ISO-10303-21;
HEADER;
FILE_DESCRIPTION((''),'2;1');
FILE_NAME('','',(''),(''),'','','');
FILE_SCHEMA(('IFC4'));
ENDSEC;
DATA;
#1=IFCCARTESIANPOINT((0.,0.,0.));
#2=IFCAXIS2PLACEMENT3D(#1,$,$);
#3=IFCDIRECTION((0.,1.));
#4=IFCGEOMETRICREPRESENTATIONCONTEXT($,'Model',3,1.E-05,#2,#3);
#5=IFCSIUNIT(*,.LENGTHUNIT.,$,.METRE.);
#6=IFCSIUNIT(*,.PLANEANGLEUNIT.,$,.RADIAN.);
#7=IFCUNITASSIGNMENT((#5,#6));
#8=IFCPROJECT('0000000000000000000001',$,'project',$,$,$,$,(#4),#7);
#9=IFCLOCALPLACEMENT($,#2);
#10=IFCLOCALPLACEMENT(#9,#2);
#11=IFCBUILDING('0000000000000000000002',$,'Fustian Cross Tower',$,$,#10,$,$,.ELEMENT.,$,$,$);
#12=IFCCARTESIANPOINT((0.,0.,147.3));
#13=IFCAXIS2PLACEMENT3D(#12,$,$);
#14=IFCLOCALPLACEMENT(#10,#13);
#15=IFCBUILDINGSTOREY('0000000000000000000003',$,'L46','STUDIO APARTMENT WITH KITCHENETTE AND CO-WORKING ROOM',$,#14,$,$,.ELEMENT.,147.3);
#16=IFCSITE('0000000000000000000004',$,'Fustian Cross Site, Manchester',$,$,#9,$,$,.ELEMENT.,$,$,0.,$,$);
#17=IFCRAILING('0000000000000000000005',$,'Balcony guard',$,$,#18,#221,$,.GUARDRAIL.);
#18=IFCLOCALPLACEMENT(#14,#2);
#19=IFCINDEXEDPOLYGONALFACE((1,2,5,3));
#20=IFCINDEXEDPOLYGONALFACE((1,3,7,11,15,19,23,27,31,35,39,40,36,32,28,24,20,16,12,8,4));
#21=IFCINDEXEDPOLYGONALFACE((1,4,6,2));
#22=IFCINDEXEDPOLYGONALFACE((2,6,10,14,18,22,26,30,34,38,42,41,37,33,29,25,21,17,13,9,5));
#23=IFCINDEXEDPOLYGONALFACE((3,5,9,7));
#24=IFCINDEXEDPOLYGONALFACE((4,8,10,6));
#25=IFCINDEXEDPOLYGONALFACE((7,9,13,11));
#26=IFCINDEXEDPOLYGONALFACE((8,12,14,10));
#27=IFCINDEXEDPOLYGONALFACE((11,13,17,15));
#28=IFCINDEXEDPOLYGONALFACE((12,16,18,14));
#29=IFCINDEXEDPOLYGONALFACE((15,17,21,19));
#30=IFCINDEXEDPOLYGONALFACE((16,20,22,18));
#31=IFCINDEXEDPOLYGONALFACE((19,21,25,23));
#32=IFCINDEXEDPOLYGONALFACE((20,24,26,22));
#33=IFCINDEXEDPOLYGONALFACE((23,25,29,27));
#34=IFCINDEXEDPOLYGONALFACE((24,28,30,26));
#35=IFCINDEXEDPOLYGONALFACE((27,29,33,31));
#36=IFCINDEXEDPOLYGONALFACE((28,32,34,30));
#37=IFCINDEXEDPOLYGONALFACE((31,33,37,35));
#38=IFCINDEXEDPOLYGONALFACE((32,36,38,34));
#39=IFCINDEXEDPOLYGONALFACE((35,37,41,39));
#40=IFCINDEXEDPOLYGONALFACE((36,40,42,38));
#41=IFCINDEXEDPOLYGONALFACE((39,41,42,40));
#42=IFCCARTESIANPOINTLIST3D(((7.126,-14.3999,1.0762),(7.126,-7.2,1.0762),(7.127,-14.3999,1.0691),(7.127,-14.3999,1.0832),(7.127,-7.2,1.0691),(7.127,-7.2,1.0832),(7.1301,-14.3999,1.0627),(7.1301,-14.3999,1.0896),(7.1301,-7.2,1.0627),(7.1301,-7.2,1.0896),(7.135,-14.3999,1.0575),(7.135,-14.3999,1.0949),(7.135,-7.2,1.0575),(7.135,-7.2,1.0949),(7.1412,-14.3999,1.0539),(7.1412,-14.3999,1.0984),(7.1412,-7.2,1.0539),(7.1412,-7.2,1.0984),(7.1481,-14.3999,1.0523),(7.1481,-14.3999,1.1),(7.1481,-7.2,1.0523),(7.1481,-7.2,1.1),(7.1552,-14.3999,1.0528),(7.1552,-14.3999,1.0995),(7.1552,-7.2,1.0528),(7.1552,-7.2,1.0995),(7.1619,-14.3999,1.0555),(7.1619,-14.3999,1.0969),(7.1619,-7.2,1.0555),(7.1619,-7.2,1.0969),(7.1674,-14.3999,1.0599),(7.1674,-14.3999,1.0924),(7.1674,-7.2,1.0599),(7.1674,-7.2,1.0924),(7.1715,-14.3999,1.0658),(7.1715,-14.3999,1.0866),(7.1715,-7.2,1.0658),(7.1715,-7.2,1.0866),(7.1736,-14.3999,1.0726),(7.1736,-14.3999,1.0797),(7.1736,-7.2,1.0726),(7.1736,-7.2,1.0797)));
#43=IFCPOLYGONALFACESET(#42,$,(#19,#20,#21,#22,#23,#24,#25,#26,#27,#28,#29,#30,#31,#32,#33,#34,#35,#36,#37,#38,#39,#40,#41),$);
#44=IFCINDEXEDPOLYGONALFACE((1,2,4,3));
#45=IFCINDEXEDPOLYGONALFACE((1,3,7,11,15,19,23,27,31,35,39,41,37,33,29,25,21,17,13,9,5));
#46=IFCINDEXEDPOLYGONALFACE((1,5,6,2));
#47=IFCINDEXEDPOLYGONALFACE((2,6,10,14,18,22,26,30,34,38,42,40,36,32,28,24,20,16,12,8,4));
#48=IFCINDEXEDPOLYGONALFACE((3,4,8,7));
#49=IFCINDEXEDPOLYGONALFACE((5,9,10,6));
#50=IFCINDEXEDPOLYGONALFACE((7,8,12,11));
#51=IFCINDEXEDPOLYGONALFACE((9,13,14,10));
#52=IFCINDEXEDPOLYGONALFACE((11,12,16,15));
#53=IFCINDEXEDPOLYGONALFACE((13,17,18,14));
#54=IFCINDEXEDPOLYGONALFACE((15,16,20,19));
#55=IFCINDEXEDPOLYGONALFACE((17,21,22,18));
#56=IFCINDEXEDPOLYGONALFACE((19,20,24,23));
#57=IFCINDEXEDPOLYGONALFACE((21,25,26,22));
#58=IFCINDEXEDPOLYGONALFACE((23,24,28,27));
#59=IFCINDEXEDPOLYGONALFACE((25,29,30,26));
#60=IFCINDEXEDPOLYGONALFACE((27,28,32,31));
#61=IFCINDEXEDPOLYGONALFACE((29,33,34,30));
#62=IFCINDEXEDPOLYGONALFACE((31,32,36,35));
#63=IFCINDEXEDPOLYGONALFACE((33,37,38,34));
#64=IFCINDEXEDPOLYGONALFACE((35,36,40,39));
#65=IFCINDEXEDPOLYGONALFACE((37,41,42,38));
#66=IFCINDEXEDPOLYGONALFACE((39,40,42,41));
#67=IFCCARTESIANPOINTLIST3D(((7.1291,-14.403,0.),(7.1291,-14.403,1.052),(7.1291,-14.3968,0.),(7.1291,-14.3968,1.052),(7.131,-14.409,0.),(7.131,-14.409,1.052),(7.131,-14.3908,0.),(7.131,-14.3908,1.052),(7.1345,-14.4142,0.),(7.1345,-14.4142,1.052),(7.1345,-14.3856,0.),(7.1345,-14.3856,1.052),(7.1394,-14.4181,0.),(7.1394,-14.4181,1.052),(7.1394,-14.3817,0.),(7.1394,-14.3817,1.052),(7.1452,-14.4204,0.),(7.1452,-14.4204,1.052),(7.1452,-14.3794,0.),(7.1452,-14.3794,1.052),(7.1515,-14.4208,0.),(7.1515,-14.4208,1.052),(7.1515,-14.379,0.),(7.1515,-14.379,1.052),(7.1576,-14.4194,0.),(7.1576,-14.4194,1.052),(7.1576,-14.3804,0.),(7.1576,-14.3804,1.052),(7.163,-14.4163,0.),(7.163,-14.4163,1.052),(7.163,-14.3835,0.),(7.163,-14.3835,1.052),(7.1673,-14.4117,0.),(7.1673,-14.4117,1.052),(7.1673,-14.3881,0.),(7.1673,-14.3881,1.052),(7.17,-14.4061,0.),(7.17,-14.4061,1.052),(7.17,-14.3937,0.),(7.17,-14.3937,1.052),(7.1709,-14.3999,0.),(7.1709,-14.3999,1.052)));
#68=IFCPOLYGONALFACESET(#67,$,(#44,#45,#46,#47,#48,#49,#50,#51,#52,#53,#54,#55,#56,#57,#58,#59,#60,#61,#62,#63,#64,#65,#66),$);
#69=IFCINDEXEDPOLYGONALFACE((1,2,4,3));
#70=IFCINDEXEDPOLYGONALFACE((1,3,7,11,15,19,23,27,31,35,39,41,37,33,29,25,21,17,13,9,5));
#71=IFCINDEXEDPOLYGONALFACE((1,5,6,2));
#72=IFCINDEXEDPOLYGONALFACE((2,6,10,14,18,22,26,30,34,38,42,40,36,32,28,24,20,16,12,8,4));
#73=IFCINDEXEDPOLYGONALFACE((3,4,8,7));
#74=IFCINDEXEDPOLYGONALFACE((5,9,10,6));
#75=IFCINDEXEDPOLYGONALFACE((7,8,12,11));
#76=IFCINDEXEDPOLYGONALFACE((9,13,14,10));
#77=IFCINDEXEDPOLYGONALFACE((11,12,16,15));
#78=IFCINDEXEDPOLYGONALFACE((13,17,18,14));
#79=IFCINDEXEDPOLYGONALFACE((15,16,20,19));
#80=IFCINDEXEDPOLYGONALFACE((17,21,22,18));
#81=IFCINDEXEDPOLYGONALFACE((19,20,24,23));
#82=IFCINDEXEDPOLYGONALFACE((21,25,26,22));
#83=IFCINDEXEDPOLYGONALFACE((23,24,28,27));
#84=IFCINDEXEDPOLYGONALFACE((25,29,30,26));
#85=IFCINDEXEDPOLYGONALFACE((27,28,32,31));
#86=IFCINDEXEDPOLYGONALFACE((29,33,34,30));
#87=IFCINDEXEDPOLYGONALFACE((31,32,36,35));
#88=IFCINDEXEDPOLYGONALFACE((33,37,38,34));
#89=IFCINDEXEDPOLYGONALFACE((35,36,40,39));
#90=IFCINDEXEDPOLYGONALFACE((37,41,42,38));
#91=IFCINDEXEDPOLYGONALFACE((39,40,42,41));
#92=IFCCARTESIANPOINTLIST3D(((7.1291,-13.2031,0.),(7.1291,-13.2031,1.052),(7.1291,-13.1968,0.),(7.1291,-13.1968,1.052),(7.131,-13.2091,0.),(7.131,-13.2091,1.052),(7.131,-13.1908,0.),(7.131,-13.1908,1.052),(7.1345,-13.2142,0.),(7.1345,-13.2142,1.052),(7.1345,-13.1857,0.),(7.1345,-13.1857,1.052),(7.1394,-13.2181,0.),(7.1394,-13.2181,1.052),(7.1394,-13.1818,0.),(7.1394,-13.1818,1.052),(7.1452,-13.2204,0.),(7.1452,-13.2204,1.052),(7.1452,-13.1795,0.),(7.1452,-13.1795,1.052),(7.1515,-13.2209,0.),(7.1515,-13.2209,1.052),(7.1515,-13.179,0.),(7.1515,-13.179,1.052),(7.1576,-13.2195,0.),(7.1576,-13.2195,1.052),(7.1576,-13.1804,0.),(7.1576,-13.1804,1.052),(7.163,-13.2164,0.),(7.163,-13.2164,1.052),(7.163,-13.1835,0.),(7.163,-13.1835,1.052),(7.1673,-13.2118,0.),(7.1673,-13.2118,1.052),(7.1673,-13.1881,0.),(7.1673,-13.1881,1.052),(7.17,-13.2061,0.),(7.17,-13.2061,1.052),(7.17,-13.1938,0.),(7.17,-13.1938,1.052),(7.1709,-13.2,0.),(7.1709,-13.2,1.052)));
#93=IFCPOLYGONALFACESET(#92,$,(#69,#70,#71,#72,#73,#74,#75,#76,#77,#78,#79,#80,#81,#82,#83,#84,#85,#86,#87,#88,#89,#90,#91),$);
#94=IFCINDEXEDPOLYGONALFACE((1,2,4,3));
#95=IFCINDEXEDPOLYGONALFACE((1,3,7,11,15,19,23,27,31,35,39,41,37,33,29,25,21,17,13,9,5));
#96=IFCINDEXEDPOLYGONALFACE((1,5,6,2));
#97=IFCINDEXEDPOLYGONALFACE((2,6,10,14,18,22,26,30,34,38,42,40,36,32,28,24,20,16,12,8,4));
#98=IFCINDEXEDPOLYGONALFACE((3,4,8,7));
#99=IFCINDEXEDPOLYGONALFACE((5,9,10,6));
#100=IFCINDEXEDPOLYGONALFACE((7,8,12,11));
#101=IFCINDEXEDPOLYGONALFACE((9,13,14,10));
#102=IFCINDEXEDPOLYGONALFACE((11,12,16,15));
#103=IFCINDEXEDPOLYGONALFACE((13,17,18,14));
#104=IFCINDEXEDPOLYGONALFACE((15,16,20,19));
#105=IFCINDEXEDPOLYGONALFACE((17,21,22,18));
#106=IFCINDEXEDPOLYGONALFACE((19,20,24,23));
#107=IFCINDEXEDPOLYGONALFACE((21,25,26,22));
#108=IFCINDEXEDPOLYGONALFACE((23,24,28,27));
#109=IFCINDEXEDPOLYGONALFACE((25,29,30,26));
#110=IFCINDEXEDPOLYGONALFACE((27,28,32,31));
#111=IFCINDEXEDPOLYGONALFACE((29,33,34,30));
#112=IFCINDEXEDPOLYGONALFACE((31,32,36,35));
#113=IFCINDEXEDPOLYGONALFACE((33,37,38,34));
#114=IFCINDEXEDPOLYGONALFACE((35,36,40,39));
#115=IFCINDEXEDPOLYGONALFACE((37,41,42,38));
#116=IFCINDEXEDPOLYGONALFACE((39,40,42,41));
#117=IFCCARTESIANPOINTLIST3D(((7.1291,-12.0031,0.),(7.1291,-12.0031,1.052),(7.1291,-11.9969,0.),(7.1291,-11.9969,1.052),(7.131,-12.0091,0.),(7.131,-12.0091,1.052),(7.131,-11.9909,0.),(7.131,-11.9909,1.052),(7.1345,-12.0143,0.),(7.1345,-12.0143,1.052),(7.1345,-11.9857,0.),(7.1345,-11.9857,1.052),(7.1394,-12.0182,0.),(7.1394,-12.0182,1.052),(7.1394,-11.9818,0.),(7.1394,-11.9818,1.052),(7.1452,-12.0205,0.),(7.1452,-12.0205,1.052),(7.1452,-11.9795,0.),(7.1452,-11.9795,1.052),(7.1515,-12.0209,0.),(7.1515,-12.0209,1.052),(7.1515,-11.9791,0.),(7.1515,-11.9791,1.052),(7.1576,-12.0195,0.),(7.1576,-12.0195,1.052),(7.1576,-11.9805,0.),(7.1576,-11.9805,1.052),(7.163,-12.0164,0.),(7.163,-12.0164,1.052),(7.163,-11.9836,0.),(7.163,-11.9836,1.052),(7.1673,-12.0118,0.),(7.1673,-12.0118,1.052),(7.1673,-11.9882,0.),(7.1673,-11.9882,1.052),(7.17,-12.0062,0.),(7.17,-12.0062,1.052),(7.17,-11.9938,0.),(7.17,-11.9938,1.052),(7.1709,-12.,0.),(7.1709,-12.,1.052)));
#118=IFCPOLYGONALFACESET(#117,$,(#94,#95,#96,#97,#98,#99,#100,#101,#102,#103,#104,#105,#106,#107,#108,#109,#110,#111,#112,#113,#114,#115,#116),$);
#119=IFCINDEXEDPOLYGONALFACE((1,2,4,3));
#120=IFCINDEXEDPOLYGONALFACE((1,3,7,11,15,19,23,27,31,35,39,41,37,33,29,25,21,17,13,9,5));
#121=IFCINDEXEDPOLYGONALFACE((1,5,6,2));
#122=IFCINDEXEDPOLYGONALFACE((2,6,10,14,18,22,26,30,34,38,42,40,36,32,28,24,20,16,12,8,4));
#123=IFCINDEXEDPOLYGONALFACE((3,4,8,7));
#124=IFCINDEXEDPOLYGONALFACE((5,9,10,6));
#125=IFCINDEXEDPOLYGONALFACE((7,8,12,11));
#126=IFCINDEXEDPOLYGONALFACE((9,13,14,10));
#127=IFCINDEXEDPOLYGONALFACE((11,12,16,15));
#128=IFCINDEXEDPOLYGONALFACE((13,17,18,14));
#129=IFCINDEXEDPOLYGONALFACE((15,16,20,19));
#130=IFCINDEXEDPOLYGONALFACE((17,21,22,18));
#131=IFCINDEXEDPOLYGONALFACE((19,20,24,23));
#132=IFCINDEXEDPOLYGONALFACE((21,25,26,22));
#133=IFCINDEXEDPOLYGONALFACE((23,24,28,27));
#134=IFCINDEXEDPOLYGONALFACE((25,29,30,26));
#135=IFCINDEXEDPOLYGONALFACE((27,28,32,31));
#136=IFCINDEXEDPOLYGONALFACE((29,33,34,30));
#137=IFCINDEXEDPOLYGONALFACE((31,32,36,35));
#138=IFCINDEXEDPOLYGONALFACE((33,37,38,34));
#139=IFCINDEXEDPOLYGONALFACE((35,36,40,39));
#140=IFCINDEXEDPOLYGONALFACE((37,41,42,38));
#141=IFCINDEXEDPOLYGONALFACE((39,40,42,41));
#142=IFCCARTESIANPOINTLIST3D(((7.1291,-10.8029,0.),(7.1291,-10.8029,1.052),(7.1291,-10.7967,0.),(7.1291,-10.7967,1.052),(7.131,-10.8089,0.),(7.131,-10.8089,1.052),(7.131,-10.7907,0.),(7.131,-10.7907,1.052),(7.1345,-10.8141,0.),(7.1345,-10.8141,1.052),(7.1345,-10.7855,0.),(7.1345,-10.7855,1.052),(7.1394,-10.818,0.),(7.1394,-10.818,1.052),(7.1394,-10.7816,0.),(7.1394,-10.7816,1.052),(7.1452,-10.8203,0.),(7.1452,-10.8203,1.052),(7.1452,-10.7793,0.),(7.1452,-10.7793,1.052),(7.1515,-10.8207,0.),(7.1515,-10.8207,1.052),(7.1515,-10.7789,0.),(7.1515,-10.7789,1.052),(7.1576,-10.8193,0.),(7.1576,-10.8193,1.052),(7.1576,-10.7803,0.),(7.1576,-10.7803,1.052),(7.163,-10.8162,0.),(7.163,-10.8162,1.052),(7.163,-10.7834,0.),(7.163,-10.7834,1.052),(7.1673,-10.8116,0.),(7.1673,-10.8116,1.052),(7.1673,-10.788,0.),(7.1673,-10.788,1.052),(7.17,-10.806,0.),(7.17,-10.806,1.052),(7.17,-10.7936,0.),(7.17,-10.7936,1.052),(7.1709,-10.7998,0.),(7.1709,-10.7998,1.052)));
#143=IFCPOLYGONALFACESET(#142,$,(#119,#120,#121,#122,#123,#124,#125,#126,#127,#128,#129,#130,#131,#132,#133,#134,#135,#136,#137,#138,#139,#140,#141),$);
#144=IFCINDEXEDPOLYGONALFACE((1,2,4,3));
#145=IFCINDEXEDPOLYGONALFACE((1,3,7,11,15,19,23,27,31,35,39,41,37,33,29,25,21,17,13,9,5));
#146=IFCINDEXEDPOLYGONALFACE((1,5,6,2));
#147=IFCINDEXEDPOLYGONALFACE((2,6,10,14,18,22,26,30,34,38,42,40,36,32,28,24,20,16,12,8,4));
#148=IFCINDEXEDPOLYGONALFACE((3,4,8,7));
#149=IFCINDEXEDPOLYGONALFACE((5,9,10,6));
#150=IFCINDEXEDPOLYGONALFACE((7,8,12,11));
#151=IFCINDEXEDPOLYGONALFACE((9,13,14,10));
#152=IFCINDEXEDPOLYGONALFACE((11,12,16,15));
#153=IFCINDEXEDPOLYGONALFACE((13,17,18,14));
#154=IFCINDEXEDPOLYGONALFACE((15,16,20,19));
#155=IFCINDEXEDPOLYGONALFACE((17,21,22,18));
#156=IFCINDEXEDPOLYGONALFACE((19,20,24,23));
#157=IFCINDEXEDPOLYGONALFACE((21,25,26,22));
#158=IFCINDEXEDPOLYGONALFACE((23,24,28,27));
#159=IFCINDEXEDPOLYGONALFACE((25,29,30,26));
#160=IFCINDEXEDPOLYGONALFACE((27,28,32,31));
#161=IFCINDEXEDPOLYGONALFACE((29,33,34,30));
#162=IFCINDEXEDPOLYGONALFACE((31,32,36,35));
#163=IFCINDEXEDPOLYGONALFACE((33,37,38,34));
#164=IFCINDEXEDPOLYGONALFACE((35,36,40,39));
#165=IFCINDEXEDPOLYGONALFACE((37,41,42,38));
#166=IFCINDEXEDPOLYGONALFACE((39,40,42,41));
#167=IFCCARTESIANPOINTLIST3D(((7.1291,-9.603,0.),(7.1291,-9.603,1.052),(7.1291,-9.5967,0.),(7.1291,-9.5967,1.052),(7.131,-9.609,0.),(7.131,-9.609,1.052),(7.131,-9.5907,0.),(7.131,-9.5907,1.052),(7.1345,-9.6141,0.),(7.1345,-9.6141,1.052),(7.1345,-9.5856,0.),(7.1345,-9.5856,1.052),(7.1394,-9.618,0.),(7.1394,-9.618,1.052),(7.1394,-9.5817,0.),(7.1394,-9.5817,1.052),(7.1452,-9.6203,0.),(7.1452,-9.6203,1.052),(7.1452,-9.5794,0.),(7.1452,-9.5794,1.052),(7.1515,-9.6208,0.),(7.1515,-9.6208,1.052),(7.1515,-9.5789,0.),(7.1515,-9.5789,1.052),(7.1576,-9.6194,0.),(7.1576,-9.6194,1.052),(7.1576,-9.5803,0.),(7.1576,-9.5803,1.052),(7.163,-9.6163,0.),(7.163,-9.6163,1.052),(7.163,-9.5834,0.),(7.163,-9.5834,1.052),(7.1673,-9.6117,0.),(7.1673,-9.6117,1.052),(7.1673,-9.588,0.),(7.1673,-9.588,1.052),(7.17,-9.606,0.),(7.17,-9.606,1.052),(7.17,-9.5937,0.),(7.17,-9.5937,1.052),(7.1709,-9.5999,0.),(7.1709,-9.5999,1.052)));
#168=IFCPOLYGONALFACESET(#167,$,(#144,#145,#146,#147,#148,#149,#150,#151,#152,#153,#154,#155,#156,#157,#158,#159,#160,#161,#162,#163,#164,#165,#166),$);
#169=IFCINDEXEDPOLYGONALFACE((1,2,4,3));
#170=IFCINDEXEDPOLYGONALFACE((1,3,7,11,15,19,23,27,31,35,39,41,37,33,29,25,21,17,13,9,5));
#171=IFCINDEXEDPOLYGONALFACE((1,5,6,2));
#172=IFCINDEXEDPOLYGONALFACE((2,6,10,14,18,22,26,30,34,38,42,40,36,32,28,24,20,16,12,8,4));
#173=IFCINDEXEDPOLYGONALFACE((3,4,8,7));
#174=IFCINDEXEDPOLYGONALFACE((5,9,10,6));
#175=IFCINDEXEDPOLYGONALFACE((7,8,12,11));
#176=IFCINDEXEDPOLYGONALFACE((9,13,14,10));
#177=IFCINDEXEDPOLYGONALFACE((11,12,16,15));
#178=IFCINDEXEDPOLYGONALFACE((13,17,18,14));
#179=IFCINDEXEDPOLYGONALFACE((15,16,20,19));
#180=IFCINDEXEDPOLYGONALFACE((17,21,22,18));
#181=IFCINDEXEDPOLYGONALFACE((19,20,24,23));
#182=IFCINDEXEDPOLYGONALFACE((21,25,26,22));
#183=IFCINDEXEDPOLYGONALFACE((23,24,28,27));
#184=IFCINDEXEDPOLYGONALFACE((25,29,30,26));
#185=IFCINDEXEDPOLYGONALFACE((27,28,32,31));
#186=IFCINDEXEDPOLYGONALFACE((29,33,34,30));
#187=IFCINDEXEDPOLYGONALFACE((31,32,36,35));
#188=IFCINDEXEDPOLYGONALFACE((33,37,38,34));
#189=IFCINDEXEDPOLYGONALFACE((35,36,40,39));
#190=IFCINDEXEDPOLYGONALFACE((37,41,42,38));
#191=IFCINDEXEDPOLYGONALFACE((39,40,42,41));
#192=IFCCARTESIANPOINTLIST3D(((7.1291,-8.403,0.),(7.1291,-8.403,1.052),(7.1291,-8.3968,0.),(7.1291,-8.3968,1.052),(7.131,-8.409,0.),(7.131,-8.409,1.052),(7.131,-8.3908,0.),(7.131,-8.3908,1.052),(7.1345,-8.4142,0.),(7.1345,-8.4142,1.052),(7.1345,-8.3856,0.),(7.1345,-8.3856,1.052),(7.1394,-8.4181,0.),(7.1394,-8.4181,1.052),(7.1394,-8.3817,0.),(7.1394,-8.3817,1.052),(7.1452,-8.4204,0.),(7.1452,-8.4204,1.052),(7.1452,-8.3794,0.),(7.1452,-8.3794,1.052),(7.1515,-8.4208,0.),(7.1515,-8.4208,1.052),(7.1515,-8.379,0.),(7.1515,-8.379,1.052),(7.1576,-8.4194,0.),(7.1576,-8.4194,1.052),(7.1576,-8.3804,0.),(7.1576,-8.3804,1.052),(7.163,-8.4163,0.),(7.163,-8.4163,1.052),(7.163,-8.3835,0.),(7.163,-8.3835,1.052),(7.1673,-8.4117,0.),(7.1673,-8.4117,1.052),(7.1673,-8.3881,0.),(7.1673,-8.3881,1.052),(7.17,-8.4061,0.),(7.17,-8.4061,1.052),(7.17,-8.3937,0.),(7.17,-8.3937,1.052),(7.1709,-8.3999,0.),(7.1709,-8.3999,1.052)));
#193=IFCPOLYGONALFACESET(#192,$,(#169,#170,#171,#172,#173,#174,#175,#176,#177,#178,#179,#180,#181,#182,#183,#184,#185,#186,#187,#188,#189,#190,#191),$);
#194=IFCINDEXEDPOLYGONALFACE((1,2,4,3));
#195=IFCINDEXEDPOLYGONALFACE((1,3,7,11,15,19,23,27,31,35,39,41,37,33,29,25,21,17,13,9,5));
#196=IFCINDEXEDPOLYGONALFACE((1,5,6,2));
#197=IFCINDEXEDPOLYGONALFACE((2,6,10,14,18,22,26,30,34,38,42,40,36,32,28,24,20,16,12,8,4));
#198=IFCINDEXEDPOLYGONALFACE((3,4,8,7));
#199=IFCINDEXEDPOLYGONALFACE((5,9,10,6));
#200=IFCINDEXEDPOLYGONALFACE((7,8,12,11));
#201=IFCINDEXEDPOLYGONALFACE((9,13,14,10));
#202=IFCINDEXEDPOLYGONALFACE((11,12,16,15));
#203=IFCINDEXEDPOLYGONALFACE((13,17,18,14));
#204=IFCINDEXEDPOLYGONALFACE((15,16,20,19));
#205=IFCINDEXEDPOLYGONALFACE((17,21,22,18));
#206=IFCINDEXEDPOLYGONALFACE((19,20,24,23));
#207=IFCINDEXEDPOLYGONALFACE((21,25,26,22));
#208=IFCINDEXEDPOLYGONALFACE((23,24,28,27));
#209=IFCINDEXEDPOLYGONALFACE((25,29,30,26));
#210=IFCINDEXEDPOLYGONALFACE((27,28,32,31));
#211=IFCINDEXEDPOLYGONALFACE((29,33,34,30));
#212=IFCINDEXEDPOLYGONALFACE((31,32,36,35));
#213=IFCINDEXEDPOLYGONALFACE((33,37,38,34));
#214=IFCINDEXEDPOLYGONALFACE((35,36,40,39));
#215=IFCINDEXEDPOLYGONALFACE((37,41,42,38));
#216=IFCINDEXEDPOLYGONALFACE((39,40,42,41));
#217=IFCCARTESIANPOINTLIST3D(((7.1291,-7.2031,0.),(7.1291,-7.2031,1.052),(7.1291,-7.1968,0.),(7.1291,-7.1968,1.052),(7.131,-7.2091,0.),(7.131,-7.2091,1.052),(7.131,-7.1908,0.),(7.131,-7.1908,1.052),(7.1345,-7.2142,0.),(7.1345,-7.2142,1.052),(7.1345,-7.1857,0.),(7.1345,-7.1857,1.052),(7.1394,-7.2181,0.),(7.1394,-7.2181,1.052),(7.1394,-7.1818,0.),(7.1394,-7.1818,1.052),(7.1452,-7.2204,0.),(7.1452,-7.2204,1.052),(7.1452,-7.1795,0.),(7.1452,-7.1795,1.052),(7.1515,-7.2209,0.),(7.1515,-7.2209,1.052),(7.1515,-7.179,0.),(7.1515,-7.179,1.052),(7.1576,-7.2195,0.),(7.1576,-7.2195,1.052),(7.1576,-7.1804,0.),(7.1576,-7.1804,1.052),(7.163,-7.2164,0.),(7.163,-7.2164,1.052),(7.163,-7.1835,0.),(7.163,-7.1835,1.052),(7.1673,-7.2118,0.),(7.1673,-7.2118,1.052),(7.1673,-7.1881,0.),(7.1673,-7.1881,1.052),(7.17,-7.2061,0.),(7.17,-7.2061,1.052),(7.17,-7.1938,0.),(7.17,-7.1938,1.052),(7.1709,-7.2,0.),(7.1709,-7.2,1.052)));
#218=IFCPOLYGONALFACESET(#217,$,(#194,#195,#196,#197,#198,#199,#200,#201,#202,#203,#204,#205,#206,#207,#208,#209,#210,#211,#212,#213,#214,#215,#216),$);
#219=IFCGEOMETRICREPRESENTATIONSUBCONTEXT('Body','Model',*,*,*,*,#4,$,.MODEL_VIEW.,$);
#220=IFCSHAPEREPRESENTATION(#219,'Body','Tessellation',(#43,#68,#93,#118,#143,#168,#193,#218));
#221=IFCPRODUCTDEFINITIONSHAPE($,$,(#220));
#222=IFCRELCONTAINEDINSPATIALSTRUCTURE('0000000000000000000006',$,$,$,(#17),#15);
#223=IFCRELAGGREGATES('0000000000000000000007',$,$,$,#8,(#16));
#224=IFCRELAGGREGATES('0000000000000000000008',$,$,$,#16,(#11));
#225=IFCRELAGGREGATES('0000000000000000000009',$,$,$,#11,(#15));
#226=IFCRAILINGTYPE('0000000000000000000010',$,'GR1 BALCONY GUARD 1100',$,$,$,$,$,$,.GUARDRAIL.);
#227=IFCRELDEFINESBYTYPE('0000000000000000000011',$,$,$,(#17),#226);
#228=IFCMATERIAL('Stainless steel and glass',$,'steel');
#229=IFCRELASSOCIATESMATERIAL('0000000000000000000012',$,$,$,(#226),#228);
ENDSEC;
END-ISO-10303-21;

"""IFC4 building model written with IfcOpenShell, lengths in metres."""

from ifc_helpers import new_model, si_unit, direction, frame, origin, origin_2d, place, context, subcontext, project, spatial, circle, extrude, material, type_object, element, save


model = new_model("IFC4")

# Units and contexts
model_context = context("Model", 3, precision=1e-05, world=origin(), true_north=direction((0.0, 1.0)))
body_context = subcontext(model_context, "Body", "Model", "MODEL_VIEW")
ifc_project = project(units=[si_unit("LENGTHUNIT", "METRE"), si_unit("PLANEANGLEUNIT", "RADIAN")], contexts=[model_context])

# Site, building, storey
site_placement = place(None, origin())
site = spatial("IfcSite", under=ifc_project, at=site_placement, Name="Fustian Cross Site, Manchester", CompositionType="ELEMENT", RefElevation=0.0)
building_placement = place(site_placement, origin())
building = spatial("IfcBuilding", under=site, at=building_placement, Name="Fustian Cross Tower", CompositionType="ELEMENT")
storey_placement = place(building_placement, frame((0.0, 0.0, 147.3)))
storey = spatial("IfcBuildingStorey", under=building, at=storey_placement, Name="L46", Description="STUDIO APARTMENT WITH KITCHENETTE AND CO-WORKING ROOM", CompositionType="ELEMENT", Elevation=147.3)

# Railing
ifc_material_1 = material(Name="Stainless steel and glass", Category="steel")
railing_type = type_object("IfcRailingType", Name="GR1 BALCONY GUARD 1100", PredefinedType="GUARDRAIL", material=ifc_material_1)
railing_placement = place(storey_placement, frame((7.1499, -14.3999, 0.0)))
element("IfcRailing", 1, at=railing_placement, inside=storey, type_object=railing_type, Name="Balcony guard", PredefinedType="GUARDRAIL", context=body_context, shape_type="SweptSolid", body=[
    extrude(circle(Radius=0.0239, at=origin_2d()), frame((0.0, 0.0, 1.0762), z_axis=(0.0, 1.0, 0.0), x_axis=(-1.0, 0.0, 0.0)), (0.0, 0.0, 1.0), 7.2),
    extrude(circle(Radius=0.021, at=origin_2d()), origin(), (0.0, 0.0, 1.0), 1.052),
    extrude(circle(Radius=0.021, at=origin_2d()), frame((0.0, 1.2, 0.0)), (0.0, 0.0, 1.0), 1.052),
    extrude(circle(Radius=0.021, at=origin_2d()), frame((0.0, 2.3999, 0.0)), (0.0, 0.0, 1.0), 1.052),
    extrude(circle(Radius=0.021, at=origin_2d()), frame((0.0, 3.6001, 0.0)), (0.0, 0.0, 1.0), 1.052),
    extrude(circle(Radius=0.021, at=origin_2d()), frame((0.0, 4.8, 0.0)), (0.0, 0.0, 1.0), 1.052),
    extrude(circle(Radius=0.021, at=origin_2d()), frame((0.0, 6.0, 0.0)), (0.0, 0.0, 1.0), 1.052),
    extrude(circle(Radius=0.021, at=origin_2d()), frame((0.0, 7.2, 0.0)), (0.0, 0.0, 1.0), 1.052),
])

save(model, "model.ifc")
